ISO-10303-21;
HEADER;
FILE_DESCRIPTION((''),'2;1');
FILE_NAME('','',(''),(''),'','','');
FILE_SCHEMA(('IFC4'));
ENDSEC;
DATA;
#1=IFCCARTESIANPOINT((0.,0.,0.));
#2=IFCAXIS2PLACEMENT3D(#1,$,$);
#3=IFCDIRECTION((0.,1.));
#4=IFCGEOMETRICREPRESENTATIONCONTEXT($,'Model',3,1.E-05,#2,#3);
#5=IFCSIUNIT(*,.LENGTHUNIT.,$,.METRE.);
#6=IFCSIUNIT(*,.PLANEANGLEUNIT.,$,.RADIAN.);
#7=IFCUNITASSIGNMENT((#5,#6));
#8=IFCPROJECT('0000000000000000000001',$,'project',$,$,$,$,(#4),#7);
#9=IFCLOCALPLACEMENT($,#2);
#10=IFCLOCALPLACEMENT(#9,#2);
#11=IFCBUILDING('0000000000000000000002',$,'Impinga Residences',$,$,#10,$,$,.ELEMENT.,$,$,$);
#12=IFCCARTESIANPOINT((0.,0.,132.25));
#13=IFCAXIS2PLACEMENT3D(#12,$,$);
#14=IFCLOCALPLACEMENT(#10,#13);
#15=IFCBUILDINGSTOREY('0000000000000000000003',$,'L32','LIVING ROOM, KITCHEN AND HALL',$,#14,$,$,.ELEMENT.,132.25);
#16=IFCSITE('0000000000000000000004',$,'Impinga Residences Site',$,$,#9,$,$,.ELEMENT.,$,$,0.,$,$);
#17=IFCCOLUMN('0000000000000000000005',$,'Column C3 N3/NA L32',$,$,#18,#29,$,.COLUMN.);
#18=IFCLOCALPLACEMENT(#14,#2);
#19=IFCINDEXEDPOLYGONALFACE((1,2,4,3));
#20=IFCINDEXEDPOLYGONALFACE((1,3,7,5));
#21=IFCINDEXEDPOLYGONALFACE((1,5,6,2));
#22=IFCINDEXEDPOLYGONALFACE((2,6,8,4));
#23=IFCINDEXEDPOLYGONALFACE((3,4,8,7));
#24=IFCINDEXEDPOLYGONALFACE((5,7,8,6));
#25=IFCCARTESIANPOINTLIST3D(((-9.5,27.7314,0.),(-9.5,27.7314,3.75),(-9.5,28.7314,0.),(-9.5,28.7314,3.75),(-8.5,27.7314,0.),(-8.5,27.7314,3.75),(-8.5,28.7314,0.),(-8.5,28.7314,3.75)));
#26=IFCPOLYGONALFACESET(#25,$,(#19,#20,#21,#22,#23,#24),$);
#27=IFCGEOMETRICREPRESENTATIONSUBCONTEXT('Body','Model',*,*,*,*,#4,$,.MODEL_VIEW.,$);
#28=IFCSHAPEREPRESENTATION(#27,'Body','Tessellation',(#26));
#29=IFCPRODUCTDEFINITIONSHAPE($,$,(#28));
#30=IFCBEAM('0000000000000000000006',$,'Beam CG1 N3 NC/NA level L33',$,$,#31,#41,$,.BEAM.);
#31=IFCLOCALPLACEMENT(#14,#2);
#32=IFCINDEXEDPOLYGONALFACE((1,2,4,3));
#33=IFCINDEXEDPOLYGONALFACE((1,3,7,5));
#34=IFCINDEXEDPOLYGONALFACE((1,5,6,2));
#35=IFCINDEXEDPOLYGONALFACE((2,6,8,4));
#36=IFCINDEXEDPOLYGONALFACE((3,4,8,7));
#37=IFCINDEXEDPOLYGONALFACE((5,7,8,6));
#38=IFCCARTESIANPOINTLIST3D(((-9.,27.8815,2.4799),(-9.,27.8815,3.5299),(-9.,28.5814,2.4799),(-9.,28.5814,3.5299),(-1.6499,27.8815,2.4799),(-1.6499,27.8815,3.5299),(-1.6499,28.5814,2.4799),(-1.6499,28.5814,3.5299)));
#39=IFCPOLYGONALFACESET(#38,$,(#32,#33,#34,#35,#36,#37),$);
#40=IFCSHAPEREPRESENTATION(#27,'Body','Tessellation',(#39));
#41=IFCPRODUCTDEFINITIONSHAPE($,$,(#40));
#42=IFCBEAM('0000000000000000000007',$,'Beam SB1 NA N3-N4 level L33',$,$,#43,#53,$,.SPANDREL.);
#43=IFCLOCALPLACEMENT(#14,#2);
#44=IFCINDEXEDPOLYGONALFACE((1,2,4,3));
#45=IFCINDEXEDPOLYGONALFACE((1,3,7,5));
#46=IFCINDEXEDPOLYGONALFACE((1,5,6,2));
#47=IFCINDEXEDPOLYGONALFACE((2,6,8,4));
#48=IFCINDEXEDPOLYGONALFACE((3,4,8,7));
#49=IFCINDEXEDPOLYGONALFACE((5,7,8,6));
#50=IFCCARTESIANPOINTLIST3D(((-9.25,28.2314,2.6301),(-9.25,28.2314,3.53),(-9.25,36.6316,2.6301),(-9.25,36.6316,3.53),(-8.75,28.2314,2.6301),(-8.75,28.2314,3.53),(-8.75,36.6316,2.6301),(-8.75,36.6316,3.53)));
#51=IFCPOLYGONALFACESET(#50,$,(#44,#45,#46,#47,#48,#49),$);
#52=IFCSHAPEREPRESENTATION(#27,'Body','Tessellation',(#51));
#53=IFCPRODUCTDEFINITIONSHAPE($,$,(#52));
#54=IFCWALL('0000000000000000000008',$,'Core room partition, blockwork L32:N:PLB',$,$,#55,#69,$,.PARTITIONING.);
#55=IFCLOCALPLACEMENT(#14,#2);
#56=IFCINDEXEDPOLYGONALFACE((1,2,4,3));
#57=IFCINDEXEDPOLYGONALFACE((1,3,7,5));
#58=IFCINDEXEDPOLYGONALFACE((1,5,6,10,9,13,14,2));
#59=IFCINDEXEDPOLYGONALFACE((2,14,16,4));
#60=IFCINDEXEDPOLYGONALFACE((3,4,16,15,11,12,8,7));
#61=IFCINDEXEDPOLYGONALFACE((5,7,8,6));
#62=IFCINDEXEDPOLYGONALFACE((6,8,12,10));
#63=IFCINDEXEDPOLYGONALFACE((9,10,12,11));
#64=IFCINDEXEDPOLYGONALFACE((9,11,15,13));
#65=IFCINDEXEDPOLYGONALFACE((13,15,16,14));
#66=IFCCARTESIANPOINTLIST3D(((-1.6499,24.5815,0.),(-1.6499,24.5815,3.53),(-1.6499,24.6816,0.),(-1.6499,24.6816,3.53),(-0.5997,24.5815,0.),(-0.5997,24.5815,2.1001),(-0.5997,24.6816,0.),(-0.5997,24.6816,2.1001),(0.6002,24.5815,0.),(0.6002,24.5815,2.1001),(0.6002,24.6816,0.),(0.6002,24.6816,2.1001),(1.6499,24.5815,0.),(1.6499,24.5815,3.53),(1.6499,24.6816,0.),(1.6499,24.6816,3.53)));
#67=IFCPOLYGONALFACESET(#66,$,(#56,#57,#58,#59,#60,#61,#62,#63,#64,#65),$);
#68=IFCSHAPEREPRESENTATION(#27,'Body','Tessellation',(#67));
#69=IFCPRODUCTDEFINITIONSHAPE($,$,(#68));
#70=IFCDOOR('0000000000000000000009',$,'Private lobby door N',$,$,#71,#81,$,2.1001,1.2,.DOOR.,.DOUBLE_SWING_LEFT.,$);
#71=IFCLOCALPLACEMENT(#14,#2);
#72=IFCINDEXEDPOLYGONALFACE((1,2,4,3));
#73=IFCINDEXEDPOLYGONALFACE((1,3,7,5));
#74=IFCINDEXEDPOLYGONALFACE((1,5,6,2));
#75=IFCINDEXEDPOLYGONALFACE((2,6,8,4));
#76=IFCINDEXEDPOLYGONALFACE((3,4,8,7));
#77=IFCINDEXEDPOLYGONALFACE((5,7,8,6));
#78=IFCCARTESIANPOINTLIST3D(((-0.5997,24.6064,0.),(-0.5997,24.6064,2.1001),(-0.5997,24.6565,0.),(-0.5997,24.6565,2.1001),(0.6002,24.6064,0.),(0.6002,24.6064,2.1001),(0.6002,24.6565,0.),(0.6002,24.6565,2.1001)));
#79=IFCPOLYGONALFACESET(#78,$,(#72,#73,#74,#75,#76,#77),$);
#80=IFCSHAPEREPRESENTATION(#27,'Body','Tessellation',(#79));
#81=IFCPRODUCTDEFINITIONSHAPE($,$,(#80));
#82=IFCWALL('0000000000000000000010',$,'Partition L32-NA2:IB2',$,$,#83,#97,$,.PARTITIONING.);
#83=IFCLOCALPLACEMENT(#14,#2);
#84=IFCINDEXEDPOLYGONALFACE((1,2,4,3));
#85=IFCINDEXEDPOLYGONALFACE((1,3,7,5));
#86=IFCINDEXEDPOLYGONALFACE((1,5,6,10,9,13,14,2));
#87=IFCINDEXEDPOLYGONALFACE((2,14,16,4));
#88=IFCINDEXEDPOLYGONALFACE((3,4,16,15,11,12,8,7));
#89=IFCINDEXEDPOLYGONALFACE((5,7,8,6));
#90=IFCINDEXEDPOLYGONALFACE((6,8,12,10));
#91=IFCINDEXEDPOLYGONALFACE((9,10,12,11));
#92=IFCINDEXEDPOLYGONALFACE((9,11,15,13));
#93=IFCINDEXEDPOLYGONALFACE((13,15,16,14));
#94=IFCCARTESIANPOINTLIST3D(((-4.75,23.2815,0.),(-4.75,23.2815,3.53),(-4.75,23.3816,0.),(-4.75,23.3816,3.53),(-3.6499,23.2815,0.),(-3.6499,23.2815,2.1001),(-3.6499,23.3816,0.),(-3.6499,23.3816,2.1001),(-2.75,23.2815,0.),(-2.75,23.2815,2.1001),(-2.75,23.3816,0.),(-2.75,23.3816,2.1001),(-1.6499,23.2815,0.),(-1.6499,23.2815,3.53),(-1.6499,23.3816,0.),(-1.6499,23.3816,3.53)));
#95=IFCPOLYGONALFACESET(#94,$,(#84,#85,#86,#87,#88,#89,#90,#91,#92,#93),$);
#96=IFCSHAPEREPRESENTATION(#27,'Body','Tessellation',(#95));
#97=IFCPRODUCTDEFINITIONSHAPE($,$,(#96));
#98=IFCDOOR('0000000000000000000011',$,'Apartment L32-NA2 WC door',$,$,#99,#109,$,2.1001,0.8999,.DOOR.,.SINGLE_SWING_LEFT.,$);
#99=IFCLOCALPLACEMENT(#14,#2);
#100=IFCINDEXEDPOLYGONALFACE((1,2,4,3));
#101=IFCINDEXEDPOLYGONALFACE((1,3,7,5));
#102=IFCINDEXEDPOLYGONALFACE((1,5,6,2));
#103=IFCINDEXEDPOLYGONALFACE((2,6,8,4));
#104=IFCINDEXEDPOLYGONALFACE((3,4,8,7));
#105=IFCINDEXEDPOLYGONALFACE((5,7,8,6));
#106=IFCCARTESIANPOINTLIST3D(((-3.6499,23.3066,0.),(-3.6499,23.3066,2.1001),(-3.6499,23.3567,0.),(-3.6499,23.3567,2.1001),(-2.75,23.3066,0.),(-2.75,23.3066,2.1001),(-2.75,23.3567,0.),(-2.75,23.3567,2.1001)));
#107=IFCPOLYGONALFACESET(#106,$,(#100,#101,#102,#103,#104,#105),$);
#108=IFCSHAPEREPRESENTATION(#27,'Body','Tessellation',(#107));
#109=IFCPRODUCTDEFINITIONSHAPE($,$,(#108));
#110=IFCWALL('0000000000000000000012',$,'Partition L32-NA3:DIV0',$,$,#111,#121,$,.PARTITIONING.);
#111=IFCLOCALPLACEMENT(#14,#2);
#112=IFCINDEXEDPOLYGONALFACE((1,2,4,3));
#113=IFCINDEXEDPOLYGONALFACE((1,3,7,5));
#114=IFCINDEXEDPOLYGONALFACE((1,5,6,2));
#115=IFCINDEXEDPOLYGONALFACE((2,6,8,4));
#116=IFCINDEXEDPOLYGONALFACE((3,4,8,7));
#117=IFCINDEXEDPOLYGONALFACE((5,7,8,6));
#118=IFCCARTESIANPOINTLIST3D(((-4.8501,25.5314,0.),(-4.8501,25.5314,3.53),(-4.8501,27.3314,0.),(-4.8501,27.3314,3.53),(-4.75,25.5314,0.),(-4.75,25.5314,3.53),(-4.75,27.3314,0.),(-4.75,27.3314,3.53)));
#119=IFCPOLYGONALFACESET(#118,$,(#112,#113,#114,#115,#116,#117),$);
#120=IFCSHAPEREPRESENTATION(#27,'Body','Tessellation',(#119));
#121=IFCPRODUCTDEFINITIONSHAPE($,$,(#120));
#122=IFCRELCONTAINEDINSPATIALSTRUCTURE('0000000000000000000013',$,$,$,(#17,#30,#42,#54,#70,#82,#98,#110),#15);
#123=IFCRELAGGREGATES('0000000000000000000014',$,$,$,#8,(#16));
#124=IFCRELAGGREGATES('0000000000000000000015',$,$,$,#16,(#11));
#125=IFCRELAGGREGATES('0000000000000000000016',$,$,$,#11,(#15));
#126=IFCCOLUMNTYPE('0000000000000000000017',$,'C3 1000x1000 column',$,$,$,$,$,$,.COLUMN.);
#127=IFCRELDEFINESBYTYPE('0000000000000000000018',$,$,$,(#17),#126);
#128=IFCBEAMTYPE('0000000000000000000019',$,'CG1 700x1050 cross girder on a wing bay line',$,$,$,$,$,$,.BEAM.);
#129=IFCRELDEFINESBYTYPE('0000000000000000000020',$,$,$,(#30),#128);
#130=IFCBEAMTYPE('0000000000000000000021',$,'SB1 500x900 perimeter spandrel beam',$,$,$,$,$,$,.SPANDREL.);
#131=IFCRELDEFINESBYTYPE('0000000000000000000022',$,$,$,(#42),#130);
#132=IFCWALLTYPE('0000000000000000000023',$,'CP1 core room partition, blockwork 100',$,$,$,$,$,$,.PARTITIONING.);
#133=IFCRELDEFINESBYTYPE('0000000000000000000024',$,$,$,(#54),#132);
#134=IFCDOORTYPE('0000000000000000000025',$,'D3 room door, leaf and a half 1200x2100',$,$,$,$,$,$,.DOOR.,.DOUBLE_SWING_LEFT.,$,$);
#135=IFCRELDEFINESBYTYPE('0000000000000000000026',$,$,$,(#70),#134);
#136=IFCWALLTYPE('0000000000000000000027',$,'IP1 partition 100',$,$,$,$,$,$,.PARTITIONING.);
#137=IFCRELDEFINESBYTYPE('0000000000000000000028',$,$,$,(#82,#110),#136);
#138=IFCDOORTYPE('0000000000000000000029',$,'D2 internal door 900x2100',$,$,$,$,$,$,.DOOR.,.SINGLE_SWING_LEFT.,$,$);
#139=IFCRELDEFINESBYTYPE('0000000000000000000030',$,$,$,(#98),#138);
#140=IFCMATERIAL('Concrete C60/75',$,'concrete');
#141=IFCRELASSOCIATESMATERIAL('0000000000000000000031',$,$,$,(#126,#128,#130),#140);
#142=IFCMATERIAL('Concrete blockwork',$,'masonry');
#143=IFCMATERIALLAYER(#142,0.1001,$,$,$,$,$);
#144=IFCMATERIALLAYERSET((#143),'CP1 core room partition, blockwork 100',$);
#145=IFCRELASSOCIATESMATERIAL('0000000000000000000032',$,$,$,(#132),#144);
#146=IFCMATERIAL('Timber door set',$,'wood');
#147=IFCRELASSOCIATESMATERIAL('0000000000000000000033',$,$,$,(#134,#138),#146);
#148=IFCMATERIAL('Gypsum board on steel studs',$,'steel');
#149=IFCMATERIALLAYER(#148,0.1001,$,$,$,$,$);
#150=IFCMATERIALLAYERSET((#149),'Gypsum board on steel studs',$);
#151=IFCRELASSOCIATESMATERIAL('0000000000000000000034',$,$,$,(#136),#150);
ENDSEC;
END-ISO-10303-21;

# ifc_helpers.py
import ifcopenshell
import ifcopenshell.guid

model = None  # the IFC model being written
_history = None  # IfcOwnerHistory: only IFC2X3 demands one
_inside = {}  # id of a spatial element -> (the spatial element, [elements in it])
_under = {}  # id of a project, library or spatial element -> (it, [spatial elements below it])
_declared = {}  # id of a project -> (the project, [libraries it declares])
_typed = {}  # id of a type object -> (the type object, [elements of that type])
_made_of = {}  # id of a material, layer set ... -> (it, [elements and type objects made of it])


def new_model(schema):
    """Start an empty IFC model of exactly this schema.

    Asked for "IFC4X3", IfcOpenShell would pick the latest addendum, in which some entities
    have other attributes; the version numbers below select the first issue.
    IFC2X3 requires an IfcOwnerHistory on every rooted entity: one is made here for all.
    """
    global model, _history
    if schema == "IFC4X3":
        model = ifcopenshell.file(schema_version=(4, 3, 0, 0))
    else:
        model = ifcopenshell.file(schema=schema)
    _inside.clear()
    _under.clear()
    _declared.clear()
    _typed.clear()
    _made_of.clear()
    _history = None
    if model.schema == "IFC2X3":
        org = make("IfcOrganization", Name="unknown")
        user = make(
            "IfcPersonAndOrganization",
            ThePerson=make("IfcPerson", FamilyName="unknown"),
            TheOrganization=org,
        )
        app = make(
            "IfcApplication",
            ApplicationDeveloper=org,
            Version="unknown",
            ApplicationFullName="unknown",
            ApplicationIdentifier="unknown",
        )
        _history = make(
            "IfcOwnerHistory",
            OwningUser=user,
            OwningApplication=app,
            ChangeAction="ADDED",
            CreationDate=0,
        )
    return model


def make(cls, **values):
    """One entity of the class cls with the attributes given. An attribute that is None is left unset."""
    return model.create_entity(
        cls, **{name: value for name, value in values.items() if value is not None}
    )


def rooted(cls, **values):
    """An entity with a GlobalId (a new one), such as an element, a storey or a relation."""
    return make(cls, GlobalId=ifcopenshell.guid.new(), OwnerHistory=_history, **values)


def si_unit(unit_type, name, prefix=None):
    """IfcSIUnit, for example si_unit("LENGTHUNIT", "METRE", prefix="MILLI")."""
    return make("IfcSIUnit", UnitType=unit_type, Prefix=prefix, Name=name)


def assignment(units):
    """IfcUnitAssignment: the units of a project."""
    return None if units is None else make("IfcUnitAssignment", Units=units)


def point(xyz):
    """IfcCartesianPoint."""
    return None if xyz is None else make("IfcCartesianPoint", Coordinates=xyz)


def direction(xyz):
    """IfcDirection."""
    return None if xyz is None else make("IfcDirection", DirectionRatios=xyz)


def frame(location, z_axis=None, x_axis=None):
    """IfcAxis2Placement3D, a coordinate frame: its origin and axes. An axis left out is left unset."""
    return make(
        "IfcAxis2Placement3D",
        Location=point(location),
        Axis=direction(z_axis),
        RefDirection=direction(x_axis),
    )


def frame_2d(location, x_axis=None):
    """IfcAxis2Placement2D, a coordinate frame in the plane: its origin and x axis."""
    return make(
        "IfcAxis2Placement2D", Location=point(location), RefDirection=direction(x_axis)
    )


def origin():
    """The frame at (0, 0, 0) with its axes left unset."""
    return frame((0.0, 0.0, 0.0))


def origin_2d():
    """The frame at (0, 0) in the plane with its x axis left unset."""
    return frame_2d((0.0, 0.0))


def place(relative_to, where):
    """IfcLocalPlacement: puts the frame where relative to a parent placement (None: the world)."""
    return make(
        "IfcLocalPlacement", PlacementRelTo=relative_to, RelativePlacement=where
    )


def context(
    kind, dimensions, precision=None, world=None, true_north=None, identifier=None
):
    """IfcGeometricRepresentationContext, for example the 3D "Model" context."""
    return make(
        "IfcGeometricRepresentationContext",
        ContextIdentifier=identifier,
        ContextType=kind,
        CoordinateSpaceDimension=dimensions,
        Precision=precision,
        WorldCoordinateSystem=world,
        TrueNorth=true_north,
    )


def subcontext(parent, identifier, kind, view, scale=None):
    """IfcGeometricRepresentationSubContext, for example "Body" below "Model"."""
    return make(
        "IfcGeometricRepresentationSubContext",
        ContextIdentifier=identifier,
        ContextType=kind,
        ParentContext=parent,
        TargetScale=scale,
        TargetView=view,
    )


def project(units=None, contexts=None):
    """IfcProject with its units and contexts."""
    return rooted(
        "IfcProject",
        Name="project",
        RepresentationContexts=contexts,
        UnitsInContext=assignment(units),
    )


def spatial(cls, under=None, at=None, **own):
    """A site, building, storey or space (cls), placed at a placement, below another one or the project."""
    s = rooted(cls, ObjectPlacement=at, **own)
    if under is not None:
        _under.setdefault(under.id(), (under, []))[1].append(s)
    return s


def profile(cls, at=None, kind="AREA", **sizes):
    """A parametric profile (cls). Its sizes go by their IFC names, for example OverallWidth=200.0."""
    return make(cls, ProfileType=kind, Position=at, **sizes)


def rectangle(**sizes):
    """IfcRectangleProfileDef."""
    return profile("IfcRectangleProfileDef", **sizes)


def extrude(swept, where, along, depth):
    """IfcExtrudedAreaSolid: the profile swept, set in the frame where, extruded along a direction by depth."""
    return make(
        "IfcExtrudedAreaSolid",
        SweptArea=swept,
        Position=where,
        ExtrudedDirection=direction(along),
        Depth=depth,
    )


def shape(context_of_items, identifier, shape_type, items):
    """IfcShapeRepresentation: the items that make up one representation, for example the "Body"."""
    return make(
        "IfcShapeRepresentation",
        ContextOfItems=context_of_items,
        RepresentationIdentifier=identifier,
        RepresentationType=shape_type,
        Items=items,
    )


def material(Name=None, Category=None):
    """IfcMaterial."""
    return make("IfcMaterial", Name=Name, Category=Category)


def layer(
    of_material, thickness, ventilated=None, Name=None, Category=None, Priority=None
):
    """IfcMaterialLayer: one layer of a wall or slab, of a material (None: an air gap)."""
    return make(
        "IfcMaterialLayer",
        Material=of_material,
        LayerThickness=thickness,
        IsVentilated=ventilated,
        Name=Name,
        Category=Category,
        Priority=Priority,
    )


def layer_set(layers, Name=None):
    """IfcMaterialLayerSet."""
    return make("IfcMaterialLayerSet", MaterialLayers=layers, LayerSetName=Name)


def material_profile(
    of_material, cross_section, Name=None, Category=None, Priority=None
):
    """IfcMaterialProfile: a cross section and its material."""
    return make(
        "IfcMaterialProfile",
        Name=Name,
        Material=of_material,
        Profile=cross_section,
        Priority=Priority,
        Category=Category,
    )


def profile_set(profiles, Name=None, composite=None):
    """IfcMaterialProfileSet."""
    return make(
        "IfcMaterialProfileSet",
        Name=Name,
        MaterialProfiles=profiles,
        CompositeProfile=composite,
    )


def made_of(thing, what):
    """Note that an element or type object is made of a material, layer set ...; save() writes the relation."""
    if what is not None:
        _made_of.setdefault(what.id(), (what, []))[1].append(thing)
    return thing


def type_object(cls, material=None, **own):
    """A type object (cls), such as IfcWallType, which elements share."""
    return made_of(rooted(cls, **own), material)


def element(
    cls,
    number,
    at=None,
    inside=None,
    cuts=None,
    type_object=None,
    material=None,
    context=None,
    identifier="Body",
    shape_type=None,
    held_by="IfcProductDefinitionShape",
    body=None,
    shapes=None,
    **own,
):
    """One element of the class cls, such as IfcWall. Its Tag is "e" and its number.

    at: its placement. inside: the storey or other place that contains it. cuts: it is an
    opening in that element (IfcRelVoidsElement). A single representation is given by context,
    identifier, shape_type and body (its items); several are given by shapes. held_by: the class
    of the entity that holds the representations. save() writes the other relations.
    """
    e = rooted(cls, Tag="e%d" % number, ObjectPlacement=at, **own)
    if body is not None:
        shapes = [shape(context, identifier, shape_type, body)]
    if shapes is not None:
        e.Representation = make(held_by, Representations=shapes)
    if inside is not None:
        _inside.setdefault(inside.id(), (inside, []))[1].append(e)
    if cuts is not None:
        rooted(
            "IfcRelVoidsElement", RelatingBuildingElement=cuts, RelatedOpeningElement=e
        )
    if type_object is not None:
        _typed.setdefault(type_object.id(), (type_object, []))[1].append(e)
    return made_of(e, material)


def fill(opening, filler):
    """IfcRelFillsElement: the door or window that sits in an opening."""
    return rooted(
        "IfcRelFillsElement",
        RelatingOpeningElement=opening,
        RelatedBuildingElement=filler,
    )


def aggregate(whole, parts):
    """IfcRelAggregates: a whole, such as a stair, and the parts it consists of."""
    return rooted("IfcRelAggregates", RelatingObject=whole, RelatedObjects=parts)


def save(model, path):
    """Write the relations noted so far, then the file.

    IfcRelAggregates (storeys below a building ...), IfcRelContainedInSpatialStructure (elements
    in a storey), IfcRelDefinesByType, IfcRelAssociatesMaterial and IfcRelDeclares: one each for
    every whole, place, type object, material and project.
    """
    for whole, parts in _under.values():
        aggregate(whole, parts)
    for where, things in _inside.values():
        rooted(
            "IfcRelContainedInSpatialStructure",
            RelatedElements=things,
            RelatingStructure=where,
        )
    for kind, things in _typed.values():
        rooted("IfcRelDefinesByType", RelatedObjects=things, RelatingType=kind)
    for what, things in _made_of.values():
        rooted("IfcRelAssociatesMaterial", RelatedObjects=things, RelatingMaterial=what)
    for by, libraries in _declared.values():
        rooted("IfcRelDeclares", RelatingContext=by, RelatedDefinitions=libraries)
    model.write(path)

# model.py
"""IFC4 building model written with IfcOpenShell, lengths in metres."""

from ifc_helpers import new_model, si_unit, direction, frame, frame_2d, origin, origin_2d, place, context, subcontext, project, spatial, rectangle, extrude, material, layer, layer_set, material_profile, profile_set, type_object, element, fill, save


model = new_model("IFC4")

# Units and contexts
model_context = context("Model", 3, precision=1e-05, world=origin(), true_north=direction((0.0, 1.0)))
body_context = subcontext(model_context, "Body", "Model", "MODEL_VIEW")
ifc_project = project(units=[si_unit("LENGTHUNIT", "METRE"), si_unit("PLANEANGLEUNIT", "RADIAN")], contexts=[model_context])

# Site, building, storey
site_placement = place(None, origin())
site = spatial("IfcSite", under=ifc_project, at=site_placement, Name="Impinga Residences Site", CompositionType="ELEMENT", RefElevation=0.0)
building_placement = place(site_placement, origin())
building = spatial("IfcBuilding", under=site, at=building_placement, Name="Impinga Residences", CompositionType="ELEMENT")
storey_placement = place(building_placement, frame((0.0, 0.0, 132.25)))
storey = spatial("IfcBuildingStorey", under=building, at=storey_placement, Name="L32", Description="LIVING ROOM, KITCHEN AND HALL", CompositionType="ELEMENT", Elevation=132.25)

# Column
ifc_material_1 = material(Name="Concrete C60/75", Category="concrete")
ifc_material_profile_1 = material_profile(ifc_material_1, rectangle(XDim=1.0, YDim=1.0, at=origin_2d()), Name="RC 1000x1000")
ifc_profile_set_1 = profile_set([ifc_material_profile_1], Name="Concrete C60/75")
column_type = type_object("IfcColumnType", Name="C3 1000x1000 column", PredefinedType="COLUMN", material=ifc_profile_set_1)
column_placement = place(storey_placement, frame((-9.0, 28.2314, 0.0), z_axis=(0.0, 0.0, 1.0), x_axis=(1.0, 0.0, 0.0)))
element("IfcColumn", 1, at=column_placement, inside=storey, type_object=column_type, Name="Column C3 N3/NA L32", PredefinedType="COLUMN", context=body_context, shape_type="SweptSolid", body=[
    extrude(rectangle(XDim=1.0, YDim=1.0, at=origin_2d()), origin(), (0.0, 0.0, 1.0), 3.75),
])

# Beams
ifc_material_profile_2 = material_profile(ifc_material_1, rectangle(XDim=0.7, YDim=1.05, at=origin_2d()), Name="RC 700x1050")
ifc_profile_set_2 = profile_set([ifc_material_profile_2], Name="Concrete C60/75")
beam_type_1 = type_object("IfcBeamType", Name="CG1 700x1050 cross girder on a wing bay line", PredefinedType="BEAM", material=ifc_profile_set_2)
beam_1_placement = place(storey_placement, frame((-1.6499, 28.2314, 3.0049), z_axis=(-1.0, 0.0, 0.0), x_axis=(0.0, -1.0, 0.0)))
element("IfcBeam", 2, at=beam_1_placement, inside=storey, type_object=beam_type_1, Name="Beam CG1 N3 NC/NA level L33", PredefinedType="BEAM", context=body_context, shape_type="SweptSolid", body=[
    extrude(rectangle(XDim=0.7, YDim=1.05, at=origin_2d()), origin(), (0.0, 0.0, 1.0), 7.3501),
])
ifc_material_profile_3 = material_profile(ifc_material_1, rectangle(XDim=0.5, YDim=0.8999, at=origin_2d()), Name="RC 500x900")
ifc_profile_set_3 = profile_set([ifc_material_profile_3], Name="Concrete C60/75")
beam_type_2 = type_object("IfcBeamType", Name="SB1 500x900 perimeter spandrel beam", PredefinedType="SPANDREL", material=ifc_profile_set_3)
beam_2_placement = place(storey_placement, frame((-9.0, 28.2314, 3.0801), z_axis=(0.0, 1.0, 0.0), x_axis=(-1.0, 0.0, 0.0)))
element("IfcBeam", 3, at=beam_2_placement, inside=storey, type_object=beam_type_2, Name="Beam SB1 NA N3-N4 level L33", PredefinedType="SPANDREL", context=body_context, shape_type="SweptSolid", body=[
    extrude(rectangle(XDim=0.5, YDim=0.8999, at=origin_2d()), origin(), (0.0, 0.0, 1.0), 8.4001),
])

# Walls, openings, doors
ifc_material_2 = material(Name="Concrete blockwork", Category="masonry")
ifc_layer_1 = layer(ifc_material_2, 0.1001)
ifc_layer_set_1 = layer_set([ifc_layer_1], Name="CP1 core room partition, blockwork 100")
wall_type_1 = type_object("IfcWallType", Name="CP1 core room partition, blockwork 100", PredefinedType="PARTITIONING", material=ifc_layer_set_1)
wall_1_placement = place(storey_placement, frame((-1.6499, 24.6316, 0.0), z_axis=(0.0, 0.0, 1.0), x_axis=(1.0, 0.0, 0.0)))
wall_1 = element("IfcWall", 4, at=wall_1_placement, inside=storey, type_object=wall_type_1, Name="Core room partition, blockwork L32:N:PLB", PredefinedType="PARTITIONING", context=body_context, shape_type="SweptSolid", body=[
    extrude(rectangle(XDim=3.2998, YDim=0.1001, at=frame_2d((1.6499, 0.0))), origin(), (0.0, 0.0, 1.0), 3.53),
])
opening_1_placement = place(wall_1_placement, frame((1.05, 0.0, 0.0)))
opening_1 = element("IfcOpeningElement", 5, at=opening_1_placement, cuts=wall_1, PredefinedType="OPENING", context=body_context, shape_type="SweptSolid", body=[
    extrude(rectangle(XDim=1.2, YDim=2.1001, at=frame_2d((0.6001, 1.05))), frame((0.0, 0.0601, 0.0), z_axis=(0.0, -1.0, 0.0), x_axis=(1.0, 0.0, 0.0)), (0.0, 0.0, 1.0), 0.1201),
])
ifc_material_3 = material(Name="Timber door set", Category="wood")
door_type_1 = type_object("IfcDoorType", Name="D3 room door, leaf and a half 1200x2100", OperationType="DOUBLE_SWING_LEFT", PredefinedType="DOOR", material=ifc_material_3)
door_1_placement = place(opening_1_placement, origin())
door_1 = element("IfcDoor", 6, at=door_1_placement, inside=storey, type_object=door_type_1, Name="Private lobby door N", OperationType="DOUBLE_SWING_LEFT", OverallHeight=2.1001, OverallWidth=1.2, PredefinedType="DOOR", context=body_context, shape_type="SweptSolid", body=[
    extrude(rectangle(XDim=1.2, YDim=2.1001, at=frame_2d((0.6001, 1.05))), frame((0.0, 0.0249, 0.0), z_axis=(0.0, -1.0, 0.0), x_axis=(1.0, 0.0, 0.0)), (0.0, 0.0, 1.0), 0.05),
])
fill(opening_1, door_1)
ifc_material_4 = material(Name="Gypsum board on steel studs", Category="steel")
ifc_layer_2 = layer(ifc_material_4, 0.1001)
ifc_layer_set_2 = layer_set([ifc_layer_2], Name="Gypsum board on steel studs")
wall_type_2 = type_object("IfcWallType", Name="IP1 partition 100", PredefinedType="PARTITIONING", material=ifc_layer_set_2)
wall_2_placement = place(storey_placement, frame((-1.6499, 23.3315, 0.0), z_axis=(0.0, 0.0, 1.0), x_axis=(-1.0, 0.0, 0.0)))
wall_2 = element("IfcWall", 7, at=wall_2_placement, inside=storey, type_object=wall_type_2, Name="Partition L32-NA2:IB2", PredefinedType="PARTITIONING", context=body_context, shape_type="SweptSolid", body=[
    extrude(rectangle(XDim=3.1001, YDim=0.1001, at=frame_2d((1.55, 0.0))), origin(), (0.0, 0.0, 1.0), 3.53),
])
opening_2_placement = place(wall_2_placement, frame((1.1001, 0.0, 0.0)))
opening_2 = element("IfcOpeningElement", 8, at=opening_2_placement, cuts=wall_2, PredefinedType="OPENING", context=body_context, shape_type="SweptSolid", body=[
    extrude(rectangle(XDim=0.8999, YDim=2.1001, at=frame_2d((0.45, 1.05))), frame((0.0, 0.0601, 0.0), z_axis=(0.0, -1.0, 0.0), x_axis=(1.0, 0.0, 0.0)), (0.0, 0.0, 1.0), 0.1201),
])
door_type_2 = type_object("IfcDoorType", Name="D2 internal door 900x2100", OperationType="SINGLE_SWING_LEFT", PredefinedType="DOOR", material=ifc_material_3)
door_2_placement = place(opening_2_placement, origin())
door_2 = element("IfcDoor", 9, at=door_2_placement, inside=storey, type_object=door_type_2, Name="Apartment L32-NA2 WC door", OperationType="SINGLE_SWING_LEFT", OverallHeight=2.1001, OverallWidth=0.8999, PredefinedType="DOOR", context=body_context, shape_type="SweptSolid", body=[
    extrude(rectangle(XDim=0.8999, YDim=2.1001, at=frame_2d((0.45, 1.05))), frame((0.0, 0.0249, 0.0), z_axis=(0.0, -1.0, 0.0), x_axis=(1.0, 0.0, 0.0)), (0.0, 0.0, 1.0), 0.05),
])
fill(opening_2, door_2)

# Wall
wall_3_placement = place(storey_placement, frame((-4.8, 25.5315, 0.0), z_axis=(0.0, 0.0, 1.0), x_axis=(0.0, 1.0, 0.0)))
element("IfcWall", 10, at=wall_3_placement, inside=storey, type_object=wall_type_2, Name="Partition L32-NA3:DIV0", PredefinedType="PARTITIONING", context=body_context, shape_type="SweptSolid", body=[
    extrude(rectangle(XDim=1.8, YDim=0.1001, at=frame_2d((0.8999, 0.0))), origin(), (0.0, 0.0, 1.0), 3.53),
])

save(model, "model.ifc")
